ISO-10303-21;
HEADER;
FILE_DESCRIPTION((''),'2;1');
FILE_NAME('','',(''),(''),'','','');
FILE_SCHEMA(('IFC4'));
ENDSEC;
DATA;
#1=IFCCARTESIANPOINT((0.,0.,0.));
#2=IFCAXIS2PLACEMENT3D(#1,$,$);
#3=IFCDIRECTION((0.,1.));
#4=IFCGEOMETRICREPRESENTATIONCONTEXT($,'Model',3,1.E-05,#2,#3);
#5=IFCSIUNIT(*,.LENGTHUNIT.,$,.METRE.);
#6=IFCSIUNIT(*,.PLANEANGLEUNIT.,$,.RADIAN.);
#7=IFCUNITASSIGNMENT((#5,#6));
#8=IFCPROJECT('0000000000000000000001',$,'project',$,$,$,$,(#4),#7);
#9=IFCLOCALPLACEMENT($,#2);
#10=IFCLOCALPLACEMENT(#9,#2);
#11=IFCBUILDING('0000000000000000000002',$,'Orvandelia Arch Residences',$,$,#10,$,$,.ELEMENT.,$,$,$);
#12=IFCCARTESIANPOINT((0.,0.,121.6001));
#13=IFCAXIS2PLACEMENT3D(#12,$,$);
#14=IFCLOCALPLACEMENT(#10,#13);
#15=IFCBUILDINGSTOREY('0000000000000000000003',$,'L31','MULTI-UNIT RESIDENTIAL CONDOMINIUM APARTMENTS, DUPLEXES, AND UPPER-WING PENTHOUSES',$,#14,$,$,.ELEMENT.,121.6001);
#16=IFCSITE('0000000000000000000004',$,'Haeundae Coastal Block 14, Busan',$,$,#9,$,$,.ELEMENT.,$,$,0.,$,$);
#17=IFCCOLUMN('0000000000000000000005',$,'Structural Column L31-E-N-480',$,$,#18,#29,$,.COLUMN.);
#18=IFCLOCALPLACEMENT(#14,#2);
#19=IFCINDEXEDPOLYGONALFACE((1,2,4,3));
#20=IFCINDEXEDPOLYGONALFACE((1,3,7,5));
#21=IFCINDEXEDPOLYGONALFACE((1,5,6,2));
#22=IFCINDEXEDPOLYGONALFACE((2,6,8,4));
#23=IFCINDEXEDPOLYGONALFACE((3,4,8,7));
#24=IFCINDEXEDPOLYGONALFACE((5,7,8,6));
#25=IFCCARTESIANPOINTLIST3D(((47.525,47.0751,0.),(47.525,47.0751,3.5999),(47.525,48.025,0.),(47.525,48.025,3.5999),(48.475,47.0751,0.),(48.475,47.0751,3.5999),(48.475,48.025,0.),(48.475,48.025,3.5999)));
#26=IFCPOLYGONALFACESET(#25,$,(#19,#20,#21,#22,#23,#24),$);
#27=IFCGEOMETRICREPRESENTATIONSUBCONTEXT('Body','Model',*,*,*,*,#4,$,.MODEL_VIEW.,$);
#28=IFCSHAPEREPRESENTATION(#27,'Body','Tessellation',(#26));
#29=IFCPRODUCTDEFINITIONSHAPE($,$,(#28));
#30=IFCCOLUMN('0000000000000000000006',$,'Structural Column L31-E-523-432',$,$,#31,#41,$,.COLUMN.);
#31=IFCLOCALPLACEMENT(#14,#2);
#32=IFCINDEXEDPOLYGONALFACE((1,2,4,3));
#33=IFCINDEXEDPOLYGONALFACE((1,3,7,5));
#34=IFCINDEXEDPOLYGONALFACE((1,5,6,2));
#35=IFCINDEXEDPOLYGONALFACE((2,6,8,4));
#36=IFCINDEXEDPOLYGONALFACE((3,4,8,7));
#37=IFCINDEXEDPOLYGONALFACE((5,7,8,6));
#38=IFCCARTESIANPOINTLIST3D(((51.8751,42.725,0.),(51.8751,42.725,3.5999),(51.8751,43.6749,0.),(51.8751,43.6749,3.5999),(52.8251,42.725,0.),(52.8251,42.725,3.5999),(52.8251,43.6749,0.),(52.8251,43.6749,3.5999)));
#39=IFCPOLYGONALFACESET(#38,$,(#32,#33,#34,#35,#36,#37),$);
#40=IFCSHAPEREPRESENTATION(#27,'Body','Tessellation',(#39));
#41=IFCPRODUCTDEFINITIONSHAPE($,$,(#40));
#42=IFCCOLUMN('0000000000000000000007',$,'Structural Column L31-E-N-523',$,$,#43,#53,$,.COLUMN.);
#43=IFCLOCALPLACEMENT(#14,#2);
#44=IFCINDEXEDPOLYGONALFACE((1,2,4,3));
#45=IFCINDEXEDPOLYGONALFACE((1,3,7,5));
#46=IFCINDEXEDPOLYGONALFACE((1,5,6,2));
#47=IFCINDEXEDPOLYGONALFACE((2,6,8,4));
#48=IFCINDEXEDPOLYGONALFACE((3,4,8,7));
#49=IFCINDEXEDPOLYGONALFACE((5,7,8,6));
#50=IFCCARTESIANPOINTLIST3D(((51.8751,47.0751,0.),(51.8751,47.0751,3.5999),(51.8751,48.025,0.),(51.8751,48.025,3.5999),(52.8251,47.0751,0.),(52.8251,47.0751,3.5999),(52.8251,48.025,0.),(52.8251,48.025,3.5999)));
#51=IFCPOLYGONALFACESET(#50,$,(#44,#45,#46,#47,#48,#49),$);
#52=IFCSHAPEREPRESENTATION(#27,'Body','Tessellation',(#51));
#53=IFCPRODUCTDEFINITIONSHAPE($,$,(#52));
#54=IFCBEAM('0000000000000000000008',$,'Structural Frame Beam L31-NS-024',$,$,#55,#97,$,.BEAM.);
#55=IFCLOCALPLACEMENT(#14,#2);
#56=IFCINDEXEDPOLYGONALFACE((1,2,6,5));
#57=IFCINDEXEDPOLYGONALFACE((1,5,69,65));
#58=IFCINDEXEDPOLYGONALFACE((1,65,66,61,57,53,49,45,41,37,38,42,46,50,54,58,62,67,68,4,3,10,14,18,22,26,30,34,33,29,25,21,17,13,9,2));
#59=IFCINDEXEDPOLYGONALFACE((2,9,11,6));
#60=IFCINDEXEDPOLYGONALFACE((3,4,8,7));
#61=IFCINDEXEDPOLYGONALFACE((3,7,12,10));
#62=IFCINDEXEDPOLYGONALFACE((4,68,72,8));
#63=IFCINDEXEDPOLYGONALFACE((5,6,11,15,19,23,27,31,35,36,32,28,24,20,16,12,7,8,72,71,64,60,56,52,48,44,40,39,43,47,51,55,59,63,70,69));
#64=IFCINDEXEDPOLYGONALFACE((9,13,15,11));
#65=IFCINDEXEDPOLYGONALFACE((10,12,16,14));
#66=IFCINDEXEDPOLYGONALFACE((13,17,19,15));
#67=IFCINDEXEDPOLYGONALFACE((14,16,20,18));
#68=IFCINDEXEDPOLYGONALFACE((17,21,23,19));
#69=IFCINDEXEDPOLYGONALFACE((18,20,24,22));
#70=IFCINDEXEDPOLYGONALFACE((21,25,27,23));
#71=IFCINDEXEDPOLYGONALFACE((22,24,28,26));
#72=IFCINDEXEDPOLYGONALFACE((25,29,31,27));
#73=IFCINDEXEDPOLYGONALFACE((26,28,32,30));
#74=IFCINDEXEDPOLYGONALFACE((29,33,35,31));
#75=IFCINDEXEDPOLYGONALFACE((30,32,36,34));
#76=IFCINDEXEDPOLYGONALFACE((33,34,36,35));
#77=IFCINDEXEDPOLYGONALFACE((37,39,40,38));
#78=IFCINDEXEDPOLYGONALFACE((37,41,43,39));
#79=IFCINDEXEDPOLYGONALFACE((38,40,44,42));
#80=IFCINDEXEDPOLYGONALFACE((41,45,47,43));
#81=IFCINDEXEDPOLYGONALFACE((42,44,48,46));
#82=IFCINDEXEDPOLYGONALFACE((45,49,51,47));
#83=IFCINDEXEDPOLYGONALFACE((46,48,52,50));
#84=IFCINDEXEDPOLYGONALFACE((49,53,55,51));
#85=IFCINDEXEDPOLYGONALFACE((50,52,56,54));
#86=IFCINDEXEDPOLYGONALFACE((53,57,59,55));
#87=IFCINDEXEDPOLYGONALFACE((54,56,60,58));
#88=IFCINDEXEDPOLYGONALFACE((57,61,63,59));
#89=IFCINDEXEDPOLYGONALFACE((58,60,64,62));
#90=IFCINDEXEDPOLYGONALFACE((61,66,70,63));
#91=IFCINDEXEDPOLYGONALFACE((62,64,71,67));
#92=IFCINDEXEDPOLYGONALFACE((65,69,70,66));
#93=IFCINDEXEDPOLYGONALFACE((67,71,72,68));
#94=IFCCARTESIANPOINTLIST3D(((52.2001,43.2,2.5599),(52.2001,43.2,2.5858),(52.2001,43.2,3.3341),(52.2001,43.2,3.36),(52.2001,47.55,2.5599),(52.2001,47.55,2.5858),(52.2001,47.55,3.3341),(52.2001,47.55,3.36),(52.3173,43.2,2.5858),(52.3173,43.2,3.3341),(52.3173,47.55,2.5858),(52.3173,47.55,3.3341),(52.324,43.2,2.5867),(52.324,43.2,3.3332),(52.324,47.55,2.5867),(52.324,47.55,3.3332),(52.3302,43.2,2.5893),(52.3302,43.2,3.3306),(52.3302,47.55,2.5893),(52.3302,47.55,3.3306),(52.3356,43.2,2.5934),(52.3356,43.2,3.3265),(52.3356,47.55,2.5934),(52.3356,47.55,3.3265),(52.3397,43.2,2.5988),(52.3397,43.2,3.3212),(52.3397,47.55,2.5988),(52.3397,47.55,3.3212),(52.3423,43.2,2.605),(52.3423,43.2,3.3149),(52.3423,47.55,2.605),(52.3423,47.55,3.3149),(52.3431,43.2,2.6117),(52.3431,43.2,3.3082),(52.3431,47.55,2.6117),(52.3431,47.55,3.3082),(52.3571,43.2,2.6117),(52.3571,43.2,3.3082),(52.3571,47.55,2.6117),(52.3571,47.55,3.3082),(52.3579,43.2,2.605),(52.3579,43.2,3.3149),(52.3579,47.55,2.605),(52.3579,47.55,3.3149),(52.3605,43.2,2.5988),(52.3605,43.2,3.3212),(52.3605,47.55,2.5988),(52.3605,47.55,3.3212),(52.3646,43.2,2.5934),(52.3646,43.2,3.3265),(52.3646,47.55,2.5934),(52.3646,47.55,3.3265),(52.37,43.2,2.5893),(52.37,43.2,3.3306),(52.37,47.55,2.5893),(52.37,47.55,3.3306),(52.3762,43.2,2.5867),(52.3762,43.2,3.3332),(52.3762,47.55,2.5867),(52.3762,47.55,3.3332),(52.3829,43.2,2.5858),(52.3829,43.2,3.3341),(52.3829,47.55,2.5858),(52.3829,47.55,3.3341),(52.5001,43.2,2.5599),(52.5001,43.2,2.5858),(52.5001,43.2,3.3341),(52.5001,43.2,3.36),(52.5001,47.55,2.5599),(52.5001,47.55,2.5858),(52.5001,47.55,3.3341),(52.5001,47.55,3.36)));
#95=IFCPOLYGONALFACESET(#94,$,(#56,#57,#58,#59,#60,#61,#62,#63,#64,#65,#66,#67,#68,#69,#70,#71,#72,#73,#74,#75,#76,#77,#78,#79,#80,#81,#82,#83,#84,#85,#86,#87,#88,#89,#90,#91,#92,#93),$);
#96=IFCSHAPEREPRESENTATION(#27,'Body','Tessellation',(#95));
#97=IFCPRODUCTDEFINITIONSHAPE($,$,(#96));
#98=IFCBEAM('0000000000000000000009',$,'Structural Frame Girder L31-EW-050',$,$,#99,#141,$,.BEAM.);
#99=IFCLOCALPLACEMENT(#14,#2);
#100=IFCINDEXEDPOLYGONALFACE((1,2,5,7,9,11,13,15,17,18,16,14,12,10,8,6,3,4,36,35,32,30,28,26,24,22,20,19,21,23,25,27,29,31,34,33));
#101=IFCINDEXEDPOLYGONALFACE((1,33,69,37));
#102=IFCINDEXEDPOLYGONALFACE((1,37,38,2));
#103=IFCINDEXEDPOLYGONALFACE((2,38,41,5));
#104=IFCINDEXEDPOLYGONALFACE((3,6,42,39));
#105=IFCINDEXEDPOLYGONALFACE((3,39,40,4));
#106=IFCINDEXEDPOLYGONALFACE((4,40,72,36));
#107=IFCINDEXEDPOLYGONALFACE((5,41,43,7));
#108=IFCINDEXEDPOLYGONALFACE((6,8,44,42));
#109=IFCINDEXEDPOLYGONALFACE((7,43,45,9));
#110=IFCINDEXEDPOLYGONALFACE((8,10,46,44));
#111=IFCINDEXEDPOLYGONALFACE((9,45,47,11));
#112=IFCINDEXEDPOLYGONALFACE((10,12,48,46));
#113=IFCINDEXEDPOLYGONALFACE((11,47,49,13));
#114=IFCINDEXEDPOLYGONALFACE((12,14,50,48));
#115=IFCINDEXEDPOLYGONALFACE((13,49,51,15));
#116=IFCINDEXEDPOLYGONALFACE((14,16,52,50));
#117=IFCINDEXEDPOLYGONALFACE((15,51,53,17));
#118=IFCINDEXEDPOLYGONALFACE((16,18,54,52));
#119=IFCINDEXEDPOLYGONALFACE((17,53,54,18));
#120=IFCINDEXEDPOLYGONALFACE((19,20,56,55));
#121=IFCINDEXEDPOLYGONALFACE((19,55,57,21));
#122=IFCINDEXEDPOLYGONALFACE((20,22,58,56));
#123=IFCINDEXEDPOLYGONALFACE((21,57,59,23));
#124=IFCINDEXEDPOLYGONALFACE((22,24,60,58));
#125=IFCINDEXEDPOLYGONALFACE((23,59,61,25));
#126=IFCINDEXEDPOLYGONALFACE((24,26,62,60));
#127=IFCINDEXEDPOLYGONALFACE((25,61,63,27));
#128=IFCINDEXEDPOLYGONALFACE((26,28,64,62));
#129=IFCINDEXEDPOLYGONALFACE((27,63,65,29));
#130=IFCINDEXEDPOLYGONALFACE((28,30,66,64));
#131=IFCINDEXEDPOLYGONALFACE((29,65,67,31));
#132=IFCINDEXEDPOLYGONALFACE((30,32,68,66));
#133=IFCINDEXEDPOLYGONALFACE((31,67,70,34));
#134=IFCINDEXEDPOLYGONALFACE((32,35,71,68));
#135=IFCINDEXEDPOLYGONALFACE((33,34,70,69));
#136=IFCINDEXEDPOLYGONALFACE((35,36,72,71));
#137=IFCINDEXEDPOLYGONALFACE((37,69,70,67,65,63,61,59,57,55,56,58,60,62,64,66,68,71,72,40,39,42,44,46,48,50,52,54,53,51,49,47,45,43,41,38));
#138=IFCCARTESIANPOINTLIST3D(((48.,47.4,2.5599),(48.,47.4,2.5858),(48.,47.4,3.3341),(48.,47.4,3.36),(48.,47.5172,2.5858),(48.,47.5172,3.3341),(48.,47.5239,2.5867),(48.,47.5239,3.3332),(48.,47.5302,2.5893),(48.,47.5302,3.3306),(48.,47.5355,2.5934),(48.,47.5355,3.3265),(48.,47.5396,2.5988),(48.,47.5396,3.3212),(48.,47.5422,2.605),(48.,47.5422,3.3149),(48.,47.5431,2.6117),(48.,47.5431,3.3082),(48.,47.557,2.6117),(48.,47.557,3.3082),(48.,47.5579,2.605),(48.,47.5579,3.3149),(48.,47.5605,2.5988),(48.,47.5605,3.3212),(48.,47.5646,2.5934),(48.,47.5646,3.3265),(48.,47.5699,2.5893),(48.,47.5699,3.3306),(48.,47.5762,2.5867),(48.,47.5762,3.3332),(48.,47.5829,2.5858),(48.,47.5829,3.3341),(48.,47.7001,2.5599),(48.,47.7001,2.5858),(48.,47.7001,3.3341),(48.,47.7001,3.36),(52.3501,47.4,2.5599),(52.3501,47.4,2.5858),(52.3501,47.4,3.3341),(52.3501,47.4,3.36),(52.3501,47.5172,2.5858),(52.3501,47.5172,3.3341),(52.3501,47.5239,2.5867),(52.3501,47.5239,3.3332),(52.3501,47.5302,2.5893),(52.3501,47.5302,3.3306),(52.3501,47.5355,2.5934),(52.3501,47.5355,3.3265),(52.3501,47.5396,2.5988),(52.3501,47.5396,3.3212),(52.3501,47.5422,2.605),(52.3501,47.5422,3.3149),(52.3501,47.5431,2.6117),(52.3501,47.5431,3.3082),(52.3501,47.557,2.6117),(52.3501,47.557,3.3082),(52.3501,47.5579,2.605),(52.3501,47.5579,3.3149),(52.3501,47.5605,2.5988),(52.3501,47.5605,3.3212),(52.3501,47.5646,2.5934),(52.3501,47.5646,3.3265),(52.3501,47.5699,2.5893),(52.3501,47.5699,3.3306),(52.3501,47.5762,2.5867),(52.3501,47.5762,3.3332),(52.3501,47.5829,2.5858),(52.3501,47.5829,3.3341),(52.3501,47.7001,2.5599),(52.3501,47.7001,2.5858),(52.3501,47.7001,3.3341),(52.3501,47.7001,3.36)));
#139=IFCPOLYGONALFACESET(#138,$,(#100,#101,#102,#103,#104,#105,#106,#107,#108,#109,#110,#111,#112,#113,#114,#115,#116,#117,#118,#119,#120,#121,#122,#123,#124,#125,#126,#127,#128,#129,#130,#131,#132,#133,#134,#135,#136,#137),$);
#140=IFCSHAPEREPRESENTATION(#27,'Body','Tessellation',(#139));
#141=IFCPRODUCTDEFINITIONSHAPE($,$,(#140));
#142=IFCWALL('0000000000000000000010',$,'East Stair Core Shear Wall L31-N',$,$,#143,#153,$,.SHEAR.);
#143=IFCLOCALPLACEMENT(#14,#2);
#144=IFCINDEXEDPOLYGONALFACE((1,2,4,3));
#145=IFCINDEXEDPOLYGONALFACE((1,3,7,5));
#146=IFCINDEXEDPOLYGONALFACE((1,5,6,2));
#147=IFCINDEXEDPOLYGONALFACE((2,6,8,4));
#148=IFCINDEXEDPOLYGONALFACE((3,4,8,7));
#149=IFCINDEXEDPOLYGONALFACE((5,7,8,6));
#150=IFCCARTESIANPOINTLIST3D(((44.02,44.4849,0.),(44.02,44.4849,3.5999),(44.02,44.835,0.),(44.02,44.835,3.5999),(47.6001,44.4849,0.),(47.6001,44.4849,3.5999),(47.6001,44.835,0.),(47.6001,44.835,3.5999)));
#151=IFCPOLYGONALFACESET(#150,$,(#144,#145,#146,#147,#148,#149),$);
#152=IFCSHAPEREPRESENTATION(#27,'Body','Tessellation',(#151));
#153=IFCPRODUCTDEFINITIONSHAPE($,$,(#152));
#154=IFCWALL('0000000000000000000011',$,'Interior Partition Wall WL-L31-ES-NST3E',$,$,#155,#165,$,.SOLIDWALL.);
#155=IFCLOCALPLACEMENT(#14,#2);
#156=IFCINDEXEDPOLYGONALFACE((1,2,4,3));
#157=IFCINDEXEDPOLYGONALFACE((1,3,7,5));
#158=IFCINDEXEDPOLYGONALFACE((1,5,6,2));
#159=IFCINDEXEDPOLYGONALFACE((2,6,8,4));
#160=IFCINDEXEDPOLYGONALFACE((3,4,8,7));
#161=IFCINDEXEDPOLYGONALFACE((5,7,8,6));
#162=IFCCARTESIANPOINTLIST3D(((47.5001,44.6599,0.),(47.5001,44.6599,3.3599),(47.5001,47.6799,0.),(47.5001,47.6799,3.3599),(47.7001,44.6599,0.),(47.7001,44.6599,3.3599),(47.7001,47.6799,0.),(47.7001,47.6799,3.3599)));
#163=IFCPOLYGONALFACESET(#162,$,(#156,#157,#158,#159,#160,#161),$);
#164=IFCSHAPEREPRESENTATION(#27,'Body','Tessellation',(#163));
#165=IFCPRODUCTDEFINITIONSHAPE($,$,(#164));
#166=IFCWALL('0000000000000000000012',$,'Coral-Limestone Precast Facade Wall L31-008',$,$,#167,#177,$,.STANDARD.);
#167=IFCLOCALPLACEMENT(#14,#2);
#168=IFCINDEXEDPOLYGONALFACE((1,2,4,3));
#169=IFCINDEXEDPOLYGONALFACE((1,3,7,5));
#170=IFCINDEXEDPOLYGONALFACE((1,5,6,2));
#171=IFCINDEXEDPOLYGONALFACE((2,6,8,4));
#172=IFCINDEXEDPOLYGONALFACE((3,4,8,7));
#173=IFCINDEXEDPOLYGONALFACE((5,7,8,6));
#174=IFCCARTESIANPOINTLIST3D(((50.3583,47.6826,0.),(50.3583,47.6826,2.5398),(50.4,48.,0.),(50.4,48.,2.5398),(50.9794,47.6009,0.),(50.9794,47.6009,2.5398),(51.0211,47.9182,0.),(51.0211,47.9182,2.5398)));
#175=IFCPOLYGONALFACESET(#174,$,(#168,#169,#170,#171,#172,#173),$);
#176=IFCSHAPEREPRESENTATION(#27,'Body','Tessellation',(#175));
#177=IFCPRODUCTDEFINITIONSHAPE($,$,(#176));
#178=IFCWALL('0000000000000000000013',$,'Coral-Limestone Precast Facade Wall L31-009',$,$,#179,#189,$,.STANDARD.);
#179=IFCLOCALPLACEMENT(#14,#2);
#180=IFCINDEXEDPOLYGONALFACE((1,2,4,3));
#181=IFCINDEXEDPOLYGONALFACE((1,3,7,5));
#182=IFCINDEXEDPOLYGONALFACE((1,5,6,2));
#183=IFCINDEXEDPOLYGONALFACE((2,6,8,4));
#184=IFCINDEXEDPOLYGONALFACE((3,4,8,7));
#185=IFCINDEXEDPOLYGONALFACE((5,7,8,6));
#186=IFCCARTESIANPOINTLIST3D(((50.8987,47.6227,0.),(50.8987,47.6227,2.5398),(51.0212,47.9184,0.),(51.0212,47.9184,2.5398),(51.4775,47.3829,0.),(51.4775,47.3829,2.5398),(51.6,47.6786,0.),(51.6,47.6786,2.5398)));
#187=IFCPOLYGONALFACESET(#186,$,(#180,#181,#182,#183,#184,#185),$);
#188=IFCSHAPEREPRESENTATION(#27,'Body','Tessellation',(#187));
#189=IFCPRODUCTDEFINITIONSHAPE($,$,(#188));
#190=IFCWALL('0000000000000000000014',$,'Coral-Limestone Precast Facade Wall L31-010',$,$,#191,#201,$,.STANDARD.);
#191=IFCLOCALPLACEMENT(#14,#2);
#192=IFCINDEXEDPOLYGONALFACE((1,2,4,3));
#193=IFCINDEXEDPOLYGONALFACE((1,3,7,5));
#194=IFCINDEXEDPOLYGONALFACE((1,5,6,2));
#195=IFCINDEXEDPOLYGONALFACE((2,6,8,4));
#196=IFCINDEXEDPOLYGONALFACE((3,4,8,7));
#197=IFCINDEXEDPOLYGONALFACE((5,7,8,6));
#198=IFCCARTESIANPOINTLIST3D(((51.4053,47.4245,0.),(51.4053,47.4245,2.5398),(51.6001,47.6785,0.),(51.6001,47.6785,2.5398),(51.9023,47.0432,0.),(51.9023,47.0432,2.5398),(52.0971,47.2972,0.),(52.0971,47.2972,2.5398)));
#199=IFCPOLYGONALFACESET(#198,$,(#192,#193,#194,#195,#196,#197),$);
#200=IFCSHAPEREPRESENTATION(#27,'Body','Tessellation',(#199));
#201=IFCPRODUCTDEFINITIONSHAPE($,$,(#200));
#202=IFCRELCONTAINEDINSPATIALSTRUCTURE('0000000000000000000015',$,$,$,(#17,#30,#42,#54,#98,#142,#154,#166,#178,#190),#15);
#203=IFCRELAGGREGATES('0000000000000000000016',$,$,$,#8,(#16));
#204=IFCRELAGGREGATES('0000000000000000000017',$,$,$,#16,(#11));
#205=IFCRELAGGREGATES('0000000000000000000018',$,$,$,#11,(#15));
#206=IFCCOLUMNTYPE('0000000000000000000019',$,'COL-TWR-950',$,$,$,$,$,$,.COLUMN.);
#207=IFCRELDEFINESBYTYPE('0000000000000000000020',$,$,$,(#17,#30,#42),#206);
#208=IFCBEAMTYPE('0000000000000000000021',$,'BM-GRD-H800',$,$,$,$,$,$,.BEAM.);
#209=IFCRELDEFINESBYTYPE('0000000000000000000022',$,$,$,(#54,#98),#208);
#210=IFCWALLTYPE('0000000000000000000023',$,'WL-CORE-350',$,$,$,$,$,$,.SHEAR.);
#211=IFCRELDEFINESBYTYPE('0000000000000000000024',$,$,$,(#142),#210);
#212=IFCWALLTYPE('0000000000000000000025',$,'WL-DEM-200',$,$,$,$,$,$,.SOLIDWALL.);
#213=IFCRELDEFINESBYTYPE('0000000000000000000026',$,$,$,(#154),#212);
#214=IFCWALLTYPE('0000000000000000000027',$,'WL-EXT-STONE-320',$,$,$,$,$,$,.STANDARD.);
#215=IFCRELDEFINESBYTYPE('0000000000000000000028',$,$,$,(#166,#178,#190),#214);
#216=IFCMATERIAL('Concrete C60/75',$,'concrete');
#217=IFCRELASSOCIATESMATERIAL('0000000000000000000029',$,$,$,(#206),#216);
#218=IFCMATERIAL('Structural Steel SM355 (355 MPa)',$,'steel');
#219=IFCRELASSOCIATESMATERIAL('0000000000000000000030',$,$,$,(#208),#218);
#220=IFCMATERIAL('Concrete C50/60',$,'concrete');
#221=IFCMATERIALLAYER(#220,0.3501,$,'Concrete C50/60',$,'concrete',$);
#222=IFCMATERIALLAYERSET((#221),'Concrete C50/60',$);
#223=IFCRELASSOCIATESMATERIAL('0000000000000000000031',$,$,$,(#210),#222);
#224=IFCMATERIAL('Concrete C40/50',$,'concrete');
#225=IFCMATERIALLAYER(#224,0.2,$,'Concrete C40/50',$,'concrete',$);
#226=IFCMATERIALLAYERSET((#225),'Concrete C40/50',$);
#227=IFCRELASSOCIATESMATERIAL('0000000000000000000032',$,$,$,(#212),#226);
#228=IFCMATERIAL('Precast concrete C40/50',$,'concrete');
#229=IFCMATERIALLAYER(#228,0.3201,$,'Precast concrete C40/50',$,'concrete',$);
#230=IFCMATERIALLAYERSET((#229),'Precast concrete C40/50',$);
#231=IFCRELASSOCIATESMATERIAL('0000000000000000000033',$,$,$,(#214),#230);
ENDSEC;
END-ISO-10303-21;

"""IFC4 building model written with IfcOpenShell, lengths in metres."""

from ifc_helpers import new_model, si_unit, direction, frame, frame_2d, origin, origin_2d, place, context, subcontext, project, spatial, rectangle, i_section, extrude, material, layer, layer_set, material_profile, profile_set, type_object, element, save


model = new_model("IFC4")

# Units and contexts
model_context = context("Model", 3, precision=1e-05, world=origin(), true_north=direction((0.0, 1.0)))
body_context = subcontext(model_context, "Body", "Model", "MODEL_VIEW")
ifc_project = project(units=[si_unit("LENGTHUNIT", "METRE"), si_unit("PLANEANGLEUNIT", "RADIAN")], contexts=[model_context])

# Site, building, storey
site_placement = place(None, origin())
site = spatial("IfcSite", under=ifc_project, at=site_placement, Name="Haeundae Coastal Block 14, Busan", CompositionType="ELEMENT", RefElevation=0.0)
building_placement = place(site_placement, origin())
building = spatial("IfcBuilding", under=site, at=building_placement, Name="Orvandelia Arch Residences", CompositionType="ELEMENT")
storey_placement = place(building_placement, frame((0.0, 0.0, 121.6001)))
storey = spatial("IfcBuildingStorey", under=building, at=storey_placement, Name="L31", Description="MULTI-UNIT RESIDENTIAL CONDOMINIUM APARTMENTS, DUPLEXES, AND UPPER-WING PENTHOUSES", CompositionType="ELEMENT", Elevation=121.6001)

# Columns
ifc_material_1 = material(Name="Concrete C60/75", Category="concrete")
ifc_material_profile_1 = material_profile(ifc_material_1, rectangle(XDim=0.95, YDim=0.95, at=origin_2d()), Name="Concrete C60/75", Category="concrete")
ifc_profile_set_1 = profile_set([ifc_material_profile_1], Name="Concrete C60/75")
column_type = type_object("IfcColumnType", Name="COL-TWR-950", PredefinedType="COLUMN", material=ifc_profile_set_1)
for number, where, z_axis, x_axis, name in (
    (1, (48.0, 47.55, 0.0), (0.0, 0.0, 1.0), (1.0, 0.0, 0.0), "Structural Column L31-E-N-480"),
    (2, (52.3501, 43.2, 0.0), (0.0, 0.0, 1.0), (1.0, 0.0, 0.0), "Structural Column L31-E-523-432"),
    (3, (52.3501, 47.55, 0.0), (0.0, 0.0, 1.0), (1.0, 0.0, 0.0), "Structural Column L31-E-N-523"),
):
    element("IfcColumn", number, at=place(storey_placement, frame(where, z_axis=z_axis, x_axis=x_axis)), inside=storey, type_object=column_type, Name=name, PredefinedType="COLUMN", context=body_context, shape_type="SweptSolid", body=[
        extrude(rectangle(XDim=0.95, YDim=0.95, at=origin_2d()), origin(), (0.0, 0.0, 1.0), 3.5999),
    ])

# Beams
ifc_material_2 = material(Name="Structural Steel SM355 (355 MPa)", Category="steel")
ifc_material_profile_2 = material_profile(ifc_material_2, i_section(OverallWidth=0.3, OverallDepth=0.8, WebThickness=0.0139, FlangeThickness=0.0259, FilletRadius=0.0259, at=origin_2d()), Name="Structural Steel SM355 (355 MPa)", Category="steel")
ifc_profile_set_2 = profile_set([ifc_material_profile_2], Name="Structural Steel SM355 (355 MPa)")
beam_type = type_object("IfcBeamType", Name="BM-GRD-H800", PredefinedType="BEAM", material=ifc_profile_set_2)
for number, where, z_axis, x_axis, name in (
    (4, (52.3501, 43.2, 2.96), (0.0, 1.0, 0.0), (-1.0, 0.0, 0.0), "Structural Frame Beam L31-NS-024"),
    (5, (48.0, 47.55, 2.96), (1.0, 0.0, 0.0), (0.0, 1.0, 0.0), "Structural Frame Girder L31-EW-050"),
):
    element("IfcBeam", number, at=place(storey_placement, frame(where, z_axis=z_axis, x_axis=x_axis)), inside=storey, type_object=beam_type, Name=name, PredefinedType="BEAM", context=body_context, shape_type="SweptSolid", body=[
        extrude(i_section(OverallWidth=0.3, OverallDepth=0.8, WebThickness=0.0139, FlangeThickness=0.0259, FilletRadius=0.0259, at=origin_2d()), origin(), (0.0, 0.0, 1.0), 4.3501),
    ])

# Walls
ifc_material_3 = material(Name="Concrete C50/60", Category="concrete")
ifc_layer_1 = layer(ifc_material_3, 0.3501, Name="Concrete C50/60", Category="concrete")
ifc_layer_set_1 = layer_set([ifc_layer_1], Name="Concrete C50/60")
wall_type_1 = type_object("IfcWallType", Name="WL-CORE-350", PredefinedType="SHEAR", material=ifc_layer_set_1)
wall_1_placement = place(storey_placement, frame((44.02, 44.6599, 0.0), z_axis=(0.0, 0.0, 1.0), x_axis=(1.0, 0.0, 0.0)))
element("IfcWall", 6, at=wall_1_placement, inside=storey, type_object=wall_type_1, Name="East Stair Core Shear Wall L31-N", PredefinedType="SHEAR", context=body_context, shape_type="SweptSolid", body=[
    extrude(rectangle(XDim=3.5801, YDim=0.3501, at=frame_2d((1.79, 0.0))), origin(), (0.0, 0.0, 1.0), 3.5999),
])
ifc_material_4 = material(Name="Concrete C40/50", Category="concrete")
ifc_layer_2 = layer(ifc_material_4, 0.2, Name="Concrete C40/50", Category="concrete")
ifc_layer_set_2 = layer_set([ifc_layer_2], Name="Concrete C40/50")
wall_type_2 = type_object("IfcWallType", Name="WL-DEM-200", PredefinedType="SOLIDWALL", material=ifc_layer_set_2)
wall_2_placement = place(storey_placement, frame((47.6001, 44.6599, 0.0), z_axis=(0.0, 0.0, 1.0), x_axis=(0.0, 1.0, 0.0)))
element("IfcWall", 7, at=wall_2_placement, inside=storey, type_object=wall_type_2, Name="Interior Partition Wall WL-L31-ES-NST3E", PredefinedType="SOLIDWALL", context=body_context, shape_type="SweptSolid", body=[
    extrude(rectangle(XDim=3.02, YDim=0.2, at=frame_2d((1.51, 0.0))), origin(), (0.0, 0.0, 1.0), 3.3599),
])
ifc_material_5 = material(Name="Precast concrete C40/50", Category="concrete")
ifc_layer_3 = layer(ifc_material_5, 0.3201, Name="Precast concrete C40/50", Category="concrete")
ifc_layer_set_3 = layer_set([ifc_layer_3], Name="Precast concrete C40/50")
wall_type_3 = type_object("IfcWallType", Name="WL-EXT-STONE-320", PredefinedType="STANDARD", material=ifc_layer_set_3)
for number, where, z_axis, x_axis, name in (
    (8, (50.3792, 47.8413, 0.0), (0.0, 0.0, 1.0), (0.991441, -0.130555, 0.0), "Coral-Limestone Precast Facade Wall L31-008"),
    (9, (50.96, 47.7705, 0.0), (0.0, 0.0, 1.0), (0.923893, -0.38265, 0.0), "Coral-Limestone Precast Facade Wall L31-009"),
    (10, (51.5027, 47.5515, 0.0), (0.0, 0.0, 1.0), (0.793406, -0.608693, 0.0), "Coral-Limestone Precast Facade Wall L31-010"),
):
    element("IfcWall", number, at=place(storey_placement, frame(where, z_axis=z_axis, x_axis=x_axis)), inside=storey, type_object=wall_type_3, Name=name, PredefinedType="STANDARD", context=body_context, shape_type="SweptSolid", body=[
        extrude(rectangle(XDim=0.6265, YDim=0.3201, at=frame_2d((0.3132, 0.0))), origin(), (0.0, 0.0, 1.0), 2.5398),
    ])

save(model, "model.ifc")
